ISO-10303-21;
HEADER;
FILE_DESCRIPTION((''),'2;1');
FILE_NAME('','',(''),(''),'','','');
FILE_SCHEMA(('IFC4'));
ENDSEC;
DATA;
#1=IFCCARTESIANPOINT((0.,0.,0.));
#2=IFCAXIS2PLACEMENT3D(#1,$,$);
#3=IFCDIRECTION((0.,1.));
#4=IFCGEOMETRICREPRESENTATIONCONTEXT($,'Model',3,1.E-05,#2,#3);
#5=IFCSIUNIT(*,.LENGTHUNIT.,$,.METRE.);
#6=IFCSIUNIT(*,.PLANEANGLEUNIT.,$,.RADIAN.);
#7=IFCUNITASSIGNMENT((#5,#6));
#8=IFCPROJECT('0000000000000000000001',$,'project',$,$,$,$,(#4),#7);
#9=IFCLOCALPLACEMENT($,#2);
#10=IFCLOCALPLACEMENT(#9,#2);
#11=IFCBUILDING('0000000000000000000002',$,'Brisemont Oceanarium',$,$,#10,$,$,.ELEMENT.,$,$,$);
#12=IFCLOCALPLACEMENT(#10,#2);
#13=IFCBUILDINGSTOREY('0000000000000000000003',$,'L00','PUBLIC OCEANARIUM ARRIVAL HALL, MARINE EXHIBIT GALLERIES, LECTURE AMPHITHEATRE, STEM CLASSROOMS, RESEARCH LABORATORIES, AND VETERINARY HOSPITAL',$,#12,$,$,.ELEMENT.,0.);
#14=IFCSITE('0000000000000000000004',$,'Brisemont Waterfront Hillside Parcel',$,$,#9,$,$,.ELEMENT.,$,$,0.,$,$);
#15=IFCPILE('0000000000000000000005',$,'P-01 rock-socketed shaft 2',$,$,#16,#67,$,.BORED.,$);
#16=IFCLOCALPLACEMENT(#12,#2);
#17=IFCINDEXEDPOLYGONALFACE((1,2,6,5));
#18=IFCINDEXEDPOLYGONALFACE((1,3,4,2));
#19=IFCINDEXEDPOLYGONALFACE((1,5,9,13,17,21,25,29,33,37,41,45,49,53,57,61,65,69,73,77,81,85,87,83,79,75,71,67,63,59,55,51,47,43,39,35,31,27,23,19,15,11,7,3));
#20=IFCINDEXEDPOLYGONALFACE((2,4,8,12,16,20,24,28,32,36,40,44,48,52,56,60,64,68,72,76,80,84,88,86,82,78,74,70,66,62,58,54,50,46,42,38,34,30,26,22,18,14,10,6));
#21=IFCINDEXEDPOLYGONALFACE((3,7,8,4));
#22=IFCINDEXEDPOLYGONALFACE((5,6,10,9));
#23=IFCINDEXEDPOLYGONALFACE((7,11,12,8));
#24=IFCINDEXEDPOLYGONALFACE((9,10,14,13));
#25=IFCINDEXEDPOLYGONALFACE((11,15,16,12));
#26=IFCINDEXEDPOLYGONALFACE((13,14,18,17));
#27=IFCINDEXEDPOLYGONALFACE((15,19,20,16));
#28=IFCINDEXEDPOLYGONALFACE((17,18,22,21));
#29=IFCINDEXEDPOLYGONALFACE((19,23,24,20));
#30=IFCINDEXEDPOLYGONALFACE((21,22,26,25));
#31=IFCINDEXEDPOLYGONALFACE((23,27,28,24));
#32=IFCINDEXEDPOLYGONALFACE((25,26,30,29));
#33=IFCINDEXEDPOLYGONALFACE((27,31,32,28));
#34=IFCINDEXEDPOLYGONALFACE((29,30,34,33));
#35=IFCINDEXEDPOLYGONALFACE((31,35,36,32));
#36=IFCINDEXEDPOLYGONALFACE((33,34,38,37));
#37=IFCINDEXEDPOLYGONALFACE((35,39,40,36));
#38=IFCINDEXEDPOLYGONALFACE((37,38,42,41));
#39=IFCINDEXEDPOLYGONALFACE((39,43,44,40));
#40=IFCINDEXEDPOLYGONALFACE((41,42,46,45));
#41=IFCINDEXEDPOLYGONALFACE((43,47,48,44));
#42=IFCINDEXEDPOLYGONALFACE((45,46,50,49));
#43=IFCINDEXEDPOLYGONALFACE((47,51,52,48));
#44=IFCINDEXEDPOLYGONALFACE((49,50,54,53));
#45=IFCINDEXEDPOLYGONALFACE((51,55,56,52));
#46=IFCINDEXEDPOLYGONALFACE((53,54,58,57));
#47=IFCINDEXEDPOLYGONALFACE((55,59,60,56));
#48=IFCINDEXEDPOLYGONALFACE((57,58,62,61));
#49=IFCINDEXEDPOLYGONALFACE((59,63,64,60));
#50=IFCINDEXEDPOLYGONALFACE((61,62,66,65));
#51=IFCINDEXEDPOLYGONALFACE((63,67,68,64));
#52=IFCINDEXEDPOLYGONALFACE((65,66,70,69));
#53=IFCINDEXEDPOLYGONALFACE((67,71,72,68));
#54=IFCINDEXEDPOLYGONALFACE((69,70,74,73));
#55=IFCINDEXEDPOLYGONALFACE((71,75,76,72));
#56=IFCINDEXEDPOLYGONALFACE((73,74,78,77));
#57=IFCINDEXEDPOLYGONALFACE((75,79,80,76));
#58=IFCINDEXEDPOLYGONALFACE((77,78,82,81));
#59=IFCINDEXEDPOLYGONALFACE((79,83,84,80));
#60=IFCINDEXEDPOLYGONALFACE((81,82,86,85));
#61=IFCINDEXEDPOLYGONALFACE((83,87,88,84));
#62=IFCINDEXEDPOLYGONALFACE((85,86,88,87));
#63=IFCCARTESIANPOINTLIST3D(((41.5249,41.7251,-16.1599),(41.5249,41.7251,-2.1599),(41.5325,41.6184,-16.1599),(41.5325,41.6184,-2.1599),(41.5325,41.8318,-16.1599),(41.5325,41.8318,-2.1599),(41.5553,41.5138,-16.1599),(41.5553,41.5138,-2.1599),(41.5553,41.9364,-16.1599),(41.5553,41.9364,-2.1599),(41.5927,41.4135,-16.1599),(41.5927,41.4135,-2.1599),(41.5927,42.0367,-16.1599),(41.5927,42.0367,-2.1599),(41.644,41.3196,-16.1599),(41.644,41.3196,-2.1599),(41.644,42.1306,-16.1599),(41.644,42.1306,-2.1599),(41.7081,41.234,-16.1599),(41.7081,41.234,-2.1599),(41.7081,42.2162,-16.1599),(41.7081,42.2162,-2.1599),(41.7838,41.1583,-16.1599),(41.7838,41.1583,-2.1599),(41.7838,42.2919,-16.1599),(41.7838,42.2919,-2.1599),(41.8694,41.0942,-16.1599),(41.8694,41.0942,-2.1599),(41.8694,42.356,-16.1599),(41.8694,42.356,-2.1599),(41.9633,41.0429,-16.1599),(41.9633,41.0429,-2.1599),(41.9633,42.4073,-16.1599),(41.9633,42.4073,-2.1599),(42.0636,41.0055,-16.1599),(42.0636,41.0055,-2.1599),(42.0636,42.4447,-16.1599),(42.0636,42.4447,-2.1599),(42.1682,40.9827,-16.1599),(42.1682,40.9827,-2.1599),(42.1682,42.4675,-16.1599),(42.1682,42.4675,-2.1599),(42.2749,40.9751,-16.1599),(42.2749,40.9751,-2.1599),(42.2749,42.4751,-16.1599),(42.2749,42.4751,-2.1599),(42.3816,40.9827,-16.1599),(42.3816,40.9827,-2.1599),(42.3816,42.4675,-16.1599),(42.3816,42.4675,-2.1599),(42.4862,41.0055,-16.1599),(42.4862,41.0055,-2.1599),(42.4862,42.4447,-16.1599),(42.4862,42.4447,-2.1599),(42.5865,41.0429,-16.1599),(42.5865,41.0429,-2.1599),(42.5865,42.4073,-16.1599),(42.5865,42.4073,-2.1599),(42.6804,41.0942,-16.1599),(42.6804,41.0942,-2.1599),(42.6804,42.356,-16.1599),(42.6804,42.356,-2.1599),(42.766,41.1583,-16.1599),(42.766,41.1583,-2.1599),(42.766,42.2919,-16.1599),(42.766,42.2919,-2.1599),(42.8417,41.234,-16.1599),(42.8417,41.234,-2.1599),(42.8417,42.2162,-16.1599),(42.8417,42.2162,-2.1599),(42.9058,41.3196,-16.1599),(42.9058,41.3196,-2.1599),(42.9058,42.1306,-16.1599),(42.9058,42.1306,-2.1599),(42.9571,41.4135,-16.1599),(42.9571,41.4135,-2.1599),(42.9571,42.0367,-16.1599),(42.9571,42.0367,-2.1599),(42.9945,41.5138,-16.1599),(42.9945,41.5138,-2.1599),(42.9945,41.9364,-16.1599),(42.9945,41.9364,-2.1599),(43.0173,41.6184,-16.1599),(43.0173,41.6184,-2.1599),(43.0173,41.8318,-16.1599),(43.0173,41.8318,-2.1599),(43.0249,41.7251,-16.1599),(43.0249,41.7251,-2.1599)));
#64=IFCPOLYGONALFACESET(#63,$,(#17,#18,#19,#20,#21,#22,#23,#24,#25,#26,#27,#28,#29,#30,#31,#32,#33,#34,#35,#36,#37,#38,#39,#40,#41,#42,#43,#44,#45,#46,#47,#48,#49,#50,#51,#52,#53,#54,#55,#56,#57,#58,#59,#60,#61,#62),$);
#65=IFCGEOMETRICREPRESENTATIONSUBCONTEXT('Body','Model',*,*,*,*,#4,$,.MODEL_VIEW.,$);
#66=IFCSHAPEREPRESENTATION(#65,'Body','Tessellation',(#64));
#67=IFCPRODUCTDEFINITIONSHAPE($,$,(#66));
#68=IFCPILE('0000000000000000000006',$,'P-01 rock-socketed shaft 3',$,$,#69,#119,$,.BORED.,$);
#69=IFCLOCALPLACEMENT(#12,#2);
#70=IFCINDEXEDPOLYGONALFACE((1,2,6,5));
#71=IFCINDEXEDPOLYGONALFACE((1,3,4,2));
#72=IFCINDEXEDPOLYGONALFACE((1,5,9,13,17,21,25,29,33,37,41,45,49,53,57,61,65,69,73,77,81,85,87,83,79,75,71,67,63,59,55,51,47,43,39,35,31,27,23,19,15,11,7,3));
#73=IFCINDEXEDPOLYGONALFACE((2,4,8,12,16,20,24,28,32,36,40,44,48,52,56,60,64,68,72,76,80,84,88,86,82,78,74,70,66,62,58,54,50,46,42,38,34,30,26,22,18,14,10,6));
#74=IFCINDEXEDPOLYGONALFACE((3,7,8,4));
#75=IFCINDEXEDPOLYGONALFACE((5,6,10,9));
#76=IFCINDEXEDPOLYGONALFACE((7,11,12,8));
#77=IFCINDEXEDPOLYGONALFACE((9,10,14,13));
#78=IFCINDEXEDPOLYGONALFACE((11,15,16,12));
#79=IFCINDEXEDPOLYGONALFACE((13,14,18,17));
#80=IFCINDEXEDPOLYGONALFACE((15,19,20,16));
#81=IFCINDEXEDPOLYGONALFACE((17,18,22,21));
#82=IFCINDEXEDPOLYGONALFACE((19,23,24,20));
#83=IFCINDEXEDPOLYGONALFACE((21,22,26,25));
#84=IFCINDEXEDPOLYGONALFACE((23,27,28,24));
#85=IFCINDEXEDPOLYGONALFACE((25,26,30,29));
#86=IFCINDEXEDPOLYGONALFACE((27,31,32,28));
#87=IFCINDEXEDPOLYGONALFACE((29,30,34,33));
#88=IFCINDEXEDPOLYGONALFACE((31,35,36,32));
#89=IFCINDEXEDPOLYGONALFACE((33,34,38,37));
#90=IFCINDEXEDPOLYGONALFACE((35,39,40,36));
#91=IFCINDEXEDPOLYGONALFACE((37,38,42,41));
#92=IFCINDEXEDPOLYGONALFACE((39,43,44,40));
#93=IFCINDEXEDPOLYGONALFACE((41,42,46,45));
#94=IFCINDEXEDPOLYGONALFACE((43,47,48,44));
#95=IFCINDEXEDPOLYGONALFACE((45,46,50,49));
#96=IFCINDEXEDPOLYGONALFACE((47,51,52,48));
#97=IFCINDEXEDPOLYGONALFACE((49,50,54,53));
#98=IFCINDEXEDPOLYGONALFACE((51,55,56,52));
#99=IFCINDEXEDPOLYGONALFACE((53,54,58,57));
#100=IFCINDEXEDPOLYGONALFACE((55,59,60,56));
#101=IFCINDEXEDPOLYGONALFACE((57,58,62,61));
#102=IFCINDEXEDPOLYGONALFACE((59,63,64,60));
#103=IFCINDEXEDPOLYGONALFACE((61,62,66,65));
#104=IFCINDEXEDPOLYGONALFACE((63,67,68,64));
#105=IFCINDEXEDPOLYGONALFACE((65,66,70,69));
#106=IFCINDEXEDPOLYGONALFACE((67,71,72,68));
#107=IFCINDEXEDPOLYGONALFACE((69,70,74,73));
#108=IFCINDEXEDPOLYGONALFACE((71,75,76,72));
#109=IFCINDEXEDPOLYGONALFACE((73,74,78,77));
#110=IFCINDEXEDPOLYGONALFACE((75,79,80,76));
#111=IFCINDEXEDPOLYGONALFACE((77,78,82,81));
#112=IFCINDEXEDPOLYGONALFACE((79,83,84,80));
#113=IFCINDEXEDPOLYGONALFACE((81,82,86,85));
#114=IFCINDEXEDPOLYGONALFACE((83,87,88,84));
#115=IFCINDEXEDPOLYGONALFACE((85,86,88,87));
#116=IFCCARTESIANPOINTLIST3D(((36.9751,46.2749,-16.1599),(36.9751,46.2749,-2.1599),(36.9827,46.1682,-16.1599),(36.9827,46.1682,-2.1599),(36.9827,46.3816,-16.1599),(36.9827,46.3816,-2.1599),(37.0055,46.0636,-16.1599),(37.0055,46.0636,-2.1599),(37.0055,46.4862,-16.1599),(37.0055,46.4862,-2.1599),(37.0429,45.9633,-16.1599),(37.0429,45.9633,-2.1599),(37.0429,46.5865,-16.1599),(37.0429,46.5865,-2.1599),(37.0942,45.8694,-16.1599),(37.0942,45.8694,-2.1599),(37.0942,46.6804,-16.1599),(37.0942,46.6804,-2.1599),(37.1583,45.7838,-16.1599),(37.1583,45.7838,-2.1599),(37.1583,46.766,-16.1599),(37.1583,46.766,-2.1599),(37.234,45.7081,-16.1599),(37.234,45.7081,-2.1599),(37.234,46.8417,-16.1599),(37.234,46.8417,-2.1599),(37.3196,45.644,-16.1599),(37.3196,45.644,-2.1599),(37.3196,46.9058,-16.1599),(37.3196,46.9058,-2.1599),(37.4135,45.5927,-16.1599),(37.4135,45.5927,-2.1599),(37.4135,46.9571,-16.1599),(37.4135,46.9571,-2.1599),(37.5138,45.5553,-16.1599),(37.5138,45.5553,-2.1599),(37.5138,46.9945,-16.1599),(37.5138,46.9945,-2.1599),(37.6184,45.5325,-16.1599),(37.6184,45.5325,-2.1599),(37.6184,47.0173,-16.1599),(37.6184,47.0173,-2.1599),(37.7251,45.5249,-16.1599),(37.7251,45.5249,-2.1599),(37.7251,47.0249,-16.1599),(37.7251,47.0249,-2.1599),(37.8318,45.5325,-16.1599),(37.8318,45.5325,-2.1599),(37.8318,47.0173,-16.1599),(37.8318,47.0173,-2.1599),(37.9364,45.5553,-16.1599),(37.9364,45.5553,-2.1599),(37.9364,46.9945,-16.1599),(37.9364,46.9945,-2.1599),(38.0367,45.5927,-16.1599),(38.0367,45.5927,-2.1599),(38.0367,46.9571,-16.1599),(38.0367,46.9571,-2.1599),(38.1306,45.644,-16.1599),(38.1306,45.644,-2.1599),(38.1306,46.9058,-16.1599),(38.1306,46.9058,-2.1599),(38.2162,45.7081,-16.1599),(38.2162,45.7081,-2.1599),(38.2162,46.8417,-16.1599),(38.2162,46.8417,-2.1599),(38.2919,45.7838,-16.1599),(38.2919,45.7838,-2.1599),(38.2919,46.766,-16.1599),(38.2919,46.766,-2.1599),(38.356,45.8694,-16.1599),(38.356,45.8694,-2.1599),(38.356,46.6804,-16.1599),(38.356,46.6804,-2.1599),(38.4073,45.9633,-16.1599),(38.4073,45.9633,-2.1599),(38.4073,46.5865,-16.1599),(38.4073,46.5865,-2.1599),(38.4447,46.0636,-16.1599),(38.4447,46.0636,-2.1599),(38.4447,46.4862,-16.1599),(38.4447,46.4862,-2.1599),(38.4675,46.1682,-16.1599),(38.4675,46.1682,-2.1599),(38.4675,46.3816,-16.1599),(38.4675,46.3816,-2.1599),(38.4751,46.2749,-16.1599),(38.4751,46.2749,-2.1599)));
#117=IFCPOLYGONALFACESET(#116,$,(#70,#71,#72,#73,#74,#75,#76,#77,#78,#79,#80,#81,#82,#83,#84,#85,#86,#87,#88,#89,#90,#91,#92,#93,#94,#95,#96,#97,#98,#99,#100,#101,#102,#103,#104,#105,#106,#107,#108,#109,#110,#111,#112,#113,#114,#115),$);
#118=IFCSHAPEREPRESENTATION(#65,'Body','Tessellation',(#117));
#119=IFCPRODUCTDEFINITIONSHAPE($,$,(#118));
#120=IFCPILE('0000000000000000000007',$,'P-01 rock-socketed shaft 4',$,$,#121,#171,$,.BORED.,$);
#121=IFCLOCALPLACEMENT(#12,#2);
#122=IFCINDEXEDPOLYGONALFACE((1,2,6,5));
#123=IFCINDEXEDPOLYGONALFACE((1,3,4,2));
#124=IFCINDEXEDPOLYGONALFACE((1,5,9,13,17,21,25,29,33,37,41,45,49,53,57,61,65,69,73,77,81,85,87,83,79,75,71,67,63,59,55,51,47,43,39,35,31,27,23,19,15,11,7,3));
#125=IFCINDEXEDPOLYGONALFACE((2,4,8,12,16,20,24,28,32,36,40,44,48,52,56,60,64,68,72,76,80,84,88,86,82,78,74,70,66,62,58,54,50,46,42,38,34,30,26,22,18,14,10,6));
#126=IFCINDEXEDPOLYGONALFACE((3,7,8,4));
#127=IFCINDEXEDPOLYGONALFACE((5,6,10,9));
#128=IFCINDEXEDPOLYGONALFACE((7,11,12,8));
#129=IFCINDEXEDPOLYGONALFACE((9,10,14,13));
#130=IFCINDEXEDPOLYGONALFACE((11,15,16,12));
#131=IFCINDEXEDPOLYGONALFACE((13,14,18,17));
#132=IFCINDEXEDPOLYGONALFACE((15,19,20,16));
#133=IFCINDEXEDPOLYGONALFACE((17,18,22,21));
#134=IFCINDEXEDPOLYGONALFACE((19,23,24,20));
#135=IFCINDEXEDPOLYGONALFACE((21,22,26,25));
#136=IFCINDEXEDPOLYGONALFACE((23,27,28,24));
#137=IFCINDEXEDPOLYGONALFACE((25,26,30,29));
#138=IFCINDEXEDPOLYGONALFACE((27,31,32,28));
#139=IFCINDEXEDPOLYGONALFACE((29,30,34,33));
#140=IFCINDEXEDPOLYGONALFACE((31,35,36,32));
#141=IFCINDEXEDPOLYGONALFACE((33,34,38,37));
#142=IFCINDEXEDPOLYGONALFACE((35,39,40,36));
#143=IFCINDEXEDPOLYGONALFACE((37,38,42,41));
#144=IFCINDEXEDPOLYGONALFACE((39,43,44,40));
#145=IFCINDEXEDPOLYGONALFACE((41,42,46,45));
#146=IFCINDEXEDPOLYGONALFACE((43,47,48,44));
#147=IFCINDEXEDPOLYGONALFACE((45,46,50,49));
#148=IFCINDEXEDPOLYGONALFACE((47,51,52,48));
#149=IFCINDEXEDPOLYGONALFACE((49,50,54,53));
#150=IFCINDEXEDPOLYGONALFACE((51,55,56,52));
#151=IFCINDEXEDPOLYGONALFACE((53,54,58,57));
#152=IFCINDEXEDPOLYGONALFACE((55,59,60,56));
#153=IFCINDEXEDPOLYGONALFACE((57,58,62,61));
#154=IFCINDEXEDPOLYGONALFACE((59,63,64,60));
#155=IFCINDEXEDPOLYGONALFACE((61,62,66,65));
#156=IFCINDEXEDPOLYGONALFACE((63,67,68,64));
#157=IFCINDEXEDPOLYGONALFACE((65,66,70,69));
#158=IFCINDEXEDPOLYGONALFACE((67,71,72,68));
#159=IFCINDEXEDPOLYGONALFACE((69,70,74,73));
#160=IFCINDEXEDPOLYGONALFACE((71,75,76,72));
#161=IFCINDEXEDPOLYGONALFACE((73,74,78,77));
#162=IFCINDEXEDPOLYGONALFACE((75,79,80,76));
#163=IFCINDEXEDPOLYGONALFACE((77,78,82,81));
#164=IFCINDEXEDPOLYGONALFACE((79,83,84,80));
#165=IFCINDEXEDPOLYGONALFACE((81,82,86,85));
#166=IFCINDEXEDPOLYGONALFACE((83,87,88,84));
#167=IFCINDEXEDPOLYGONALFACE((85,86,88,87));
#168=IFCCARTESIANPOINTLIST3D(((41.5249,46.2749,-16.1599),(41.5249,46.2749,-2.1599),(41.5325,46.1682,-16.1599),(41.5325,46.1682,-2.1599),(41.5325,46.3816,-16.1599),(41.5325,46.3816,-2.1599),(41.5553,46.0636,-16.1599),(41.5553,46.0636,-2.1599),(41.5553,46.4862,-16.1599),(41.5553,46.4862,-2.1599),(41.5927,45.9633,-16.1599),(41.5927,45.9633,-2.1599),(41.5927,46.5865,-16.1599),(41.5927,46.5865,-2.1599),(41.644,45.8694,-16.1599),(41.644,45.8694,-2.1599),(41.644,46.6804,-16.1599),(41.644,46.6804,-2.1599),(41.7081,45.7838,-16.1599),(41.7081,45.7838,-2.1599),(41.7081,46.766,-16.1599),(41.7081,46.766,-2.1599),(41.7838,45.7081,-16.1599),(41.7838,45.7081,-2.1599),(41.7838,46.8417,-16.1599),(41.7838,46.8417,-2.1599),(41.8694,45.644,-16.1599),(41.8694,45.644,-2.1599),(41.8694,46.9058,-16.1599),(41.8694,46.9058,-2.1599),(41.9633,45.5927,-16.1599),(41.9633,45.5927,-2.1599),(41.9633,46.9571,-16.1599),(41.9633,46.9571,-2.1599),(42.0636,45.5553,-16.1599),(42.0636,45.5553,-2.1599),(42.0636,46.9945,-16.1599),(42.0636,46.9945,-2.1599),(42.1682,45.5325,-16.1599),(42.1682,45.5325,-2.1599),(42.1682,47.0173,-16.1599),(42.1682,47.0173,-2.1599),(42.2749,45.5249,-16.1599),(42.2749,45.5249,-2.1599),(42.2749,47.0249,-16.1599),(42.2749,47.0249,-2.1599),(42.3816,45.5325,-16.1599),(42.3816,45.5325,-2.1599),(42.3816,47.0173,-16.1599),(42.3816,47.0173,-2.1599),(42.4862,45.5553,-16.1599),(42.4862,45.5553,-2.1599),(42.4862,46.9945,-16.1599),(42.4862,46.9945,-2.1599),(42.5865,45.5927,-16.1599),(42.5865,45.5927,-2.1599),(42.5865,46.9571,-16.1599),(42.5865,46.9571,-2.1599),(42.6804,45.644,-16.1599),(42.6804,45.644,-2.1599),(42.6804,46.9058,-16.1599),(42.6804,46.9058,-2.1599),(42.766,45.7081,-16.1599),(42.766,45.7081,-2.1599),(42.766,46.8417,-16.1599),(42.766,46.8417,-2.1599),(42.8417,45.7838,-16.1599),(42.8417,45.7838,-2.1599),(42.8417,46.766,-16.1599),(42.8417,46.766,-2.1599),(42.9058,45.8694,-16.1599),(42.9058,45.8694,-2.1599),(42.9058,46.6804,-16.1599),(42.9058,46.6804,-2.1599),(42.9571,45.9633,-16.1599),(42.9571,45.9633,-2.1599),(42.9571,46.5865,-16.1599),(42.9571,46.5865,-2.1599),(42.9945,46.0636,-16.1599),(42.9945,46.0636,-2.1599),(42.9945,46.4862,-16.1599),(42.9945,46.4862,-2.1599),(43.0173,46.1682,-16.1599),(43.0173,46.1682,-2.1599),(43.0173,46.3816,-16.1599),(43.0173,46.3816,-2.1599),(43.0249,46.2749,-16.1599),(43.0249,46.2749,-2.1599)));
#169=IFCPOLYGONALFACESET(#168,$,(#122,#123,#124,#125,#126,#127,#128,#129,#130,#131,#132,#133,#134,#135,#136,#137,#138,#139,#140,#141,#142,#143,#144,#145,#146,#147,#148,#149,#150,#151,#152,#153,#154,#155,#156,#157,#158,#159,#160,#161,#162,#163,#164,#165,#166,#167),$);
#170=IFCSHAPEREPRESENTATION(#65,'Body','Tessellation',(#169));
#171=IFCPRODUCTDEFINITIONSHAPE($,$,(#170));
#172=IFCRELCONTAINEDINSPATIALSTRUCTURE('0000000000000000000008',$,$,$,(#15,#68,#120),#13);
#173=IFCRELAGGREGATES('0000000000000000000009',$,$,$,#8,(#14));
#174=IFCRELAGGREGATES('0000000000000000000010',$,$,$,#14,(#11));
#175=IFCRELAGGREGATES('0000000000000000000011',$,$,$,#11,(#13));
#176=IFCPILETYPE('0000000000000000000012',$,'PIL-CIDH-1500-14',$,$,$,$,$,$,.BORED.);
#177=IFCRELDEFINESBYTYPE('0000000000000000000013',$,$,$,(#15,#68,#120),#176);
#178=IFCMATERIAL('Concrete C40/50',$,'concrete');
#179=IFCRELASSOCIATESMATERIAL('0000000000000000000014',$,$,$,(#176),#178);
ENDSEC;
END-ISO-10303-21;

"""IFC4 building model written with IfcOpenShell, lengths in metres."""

from ifc_helpers import new_model, si_unit, direction, frame, origin, origin_2d, place, context, subcontext, project, spatial, circle, extrude, material, material_profile, profile_set, type_object, element, save


model = new_model("IFC4")

# Units and contexts
model_context = context("Model", 3, precision=1e-05, world=origin(), true_north=direction((0.0, 1.0)))
body_context = subcontext(model_context, "Body", "Model", "MODEL_VIEW")
ifc_project = project(units=[si_unit("LENGTHUNIT", "METRE"), si_unit("PLANEANGLEUNIT", "RADIAN")], contexts=[model_context])

# Site, building, storey
site_placement = place(None, origin())
site = spatial("IfcSite", under=ifc_project, at=site_placement, Name="Brisemont Waterfront Hillside Parcel", CompositionType="ELEMENT", RefElevation=0.0)
building_placement = place(site_placement, origin())
building = spatial("IfcBuilding", under=site, at=building_placement, Name="Brisemont Oceanarium", CompositionType="ELEMENT")
storey_placement = place(building_placement, origin())
storey = spatial("IfcBuildingStorey", under=building, at=storey_placement, Name="L00", Description="PUBLIC OCEANARIUM ARRIVAL HALL, MARINE EXHIBIT GALLERIES, LECTURE AMPHITHEATRE, STEM CLASSROOMS, RESEARCH LABORATORIES, AND VETERINARY HOSPITAL", CompositionType="ELEMENT", Elevation=0.0)

# Piles
ifc_material_1 = material(Name="Concrete C40/50", Category="concrete")
ifc_material_profile_1 = material_profile(ifc_material_1, circle(Radius=0.75, at=origin_2d()), Name="CIDH-D1500")
ifc_profile_set_1 = profile_set([ifc_material_profile_1], Name="Concrete C40/50")
pile_type_1 = type_object("IfcPileType", Name="PIL-CIDH-1500-14", PredefinedType="BORED", material=ifc_profile_set_1)
for number, where, z_axis, x_axis, name in (
    (1, (42.2749, 41.7251, -2.1599), (0.0, 0.0, -1.0), (1.0, 0.0, 0.0), "P-01 rock-socketed shaft 2"),
    (2, (37.7251, 46.2749, -2.1599), (0.0, 0.0, -1.0), (1.0, 0.0, 0.0), "P-01 rock-socketed shaft 3"),
    (3, (42.2749, 46.2749, -2.1599), (0.0, 0.0, -1.0), (1.0, 0.0, 0.0), "P-01 rock-socketed shaft 4"),
):
    element("IfcPile", number, at=place(storey_placement, frame(where, z_axis=z_axis, x_axis=x_axis)), inside=storey, type_object=pile_type_1, Name=name, PredefinedType="BORED", context=body_context, shape_type="SweptSolid", body=[
        extrude(circle(Radius=0.75, at=origin_2d()), origin(), (0.0, 0.0, 1.0), 14.0),
    ])

save(model, "model.ifc")
